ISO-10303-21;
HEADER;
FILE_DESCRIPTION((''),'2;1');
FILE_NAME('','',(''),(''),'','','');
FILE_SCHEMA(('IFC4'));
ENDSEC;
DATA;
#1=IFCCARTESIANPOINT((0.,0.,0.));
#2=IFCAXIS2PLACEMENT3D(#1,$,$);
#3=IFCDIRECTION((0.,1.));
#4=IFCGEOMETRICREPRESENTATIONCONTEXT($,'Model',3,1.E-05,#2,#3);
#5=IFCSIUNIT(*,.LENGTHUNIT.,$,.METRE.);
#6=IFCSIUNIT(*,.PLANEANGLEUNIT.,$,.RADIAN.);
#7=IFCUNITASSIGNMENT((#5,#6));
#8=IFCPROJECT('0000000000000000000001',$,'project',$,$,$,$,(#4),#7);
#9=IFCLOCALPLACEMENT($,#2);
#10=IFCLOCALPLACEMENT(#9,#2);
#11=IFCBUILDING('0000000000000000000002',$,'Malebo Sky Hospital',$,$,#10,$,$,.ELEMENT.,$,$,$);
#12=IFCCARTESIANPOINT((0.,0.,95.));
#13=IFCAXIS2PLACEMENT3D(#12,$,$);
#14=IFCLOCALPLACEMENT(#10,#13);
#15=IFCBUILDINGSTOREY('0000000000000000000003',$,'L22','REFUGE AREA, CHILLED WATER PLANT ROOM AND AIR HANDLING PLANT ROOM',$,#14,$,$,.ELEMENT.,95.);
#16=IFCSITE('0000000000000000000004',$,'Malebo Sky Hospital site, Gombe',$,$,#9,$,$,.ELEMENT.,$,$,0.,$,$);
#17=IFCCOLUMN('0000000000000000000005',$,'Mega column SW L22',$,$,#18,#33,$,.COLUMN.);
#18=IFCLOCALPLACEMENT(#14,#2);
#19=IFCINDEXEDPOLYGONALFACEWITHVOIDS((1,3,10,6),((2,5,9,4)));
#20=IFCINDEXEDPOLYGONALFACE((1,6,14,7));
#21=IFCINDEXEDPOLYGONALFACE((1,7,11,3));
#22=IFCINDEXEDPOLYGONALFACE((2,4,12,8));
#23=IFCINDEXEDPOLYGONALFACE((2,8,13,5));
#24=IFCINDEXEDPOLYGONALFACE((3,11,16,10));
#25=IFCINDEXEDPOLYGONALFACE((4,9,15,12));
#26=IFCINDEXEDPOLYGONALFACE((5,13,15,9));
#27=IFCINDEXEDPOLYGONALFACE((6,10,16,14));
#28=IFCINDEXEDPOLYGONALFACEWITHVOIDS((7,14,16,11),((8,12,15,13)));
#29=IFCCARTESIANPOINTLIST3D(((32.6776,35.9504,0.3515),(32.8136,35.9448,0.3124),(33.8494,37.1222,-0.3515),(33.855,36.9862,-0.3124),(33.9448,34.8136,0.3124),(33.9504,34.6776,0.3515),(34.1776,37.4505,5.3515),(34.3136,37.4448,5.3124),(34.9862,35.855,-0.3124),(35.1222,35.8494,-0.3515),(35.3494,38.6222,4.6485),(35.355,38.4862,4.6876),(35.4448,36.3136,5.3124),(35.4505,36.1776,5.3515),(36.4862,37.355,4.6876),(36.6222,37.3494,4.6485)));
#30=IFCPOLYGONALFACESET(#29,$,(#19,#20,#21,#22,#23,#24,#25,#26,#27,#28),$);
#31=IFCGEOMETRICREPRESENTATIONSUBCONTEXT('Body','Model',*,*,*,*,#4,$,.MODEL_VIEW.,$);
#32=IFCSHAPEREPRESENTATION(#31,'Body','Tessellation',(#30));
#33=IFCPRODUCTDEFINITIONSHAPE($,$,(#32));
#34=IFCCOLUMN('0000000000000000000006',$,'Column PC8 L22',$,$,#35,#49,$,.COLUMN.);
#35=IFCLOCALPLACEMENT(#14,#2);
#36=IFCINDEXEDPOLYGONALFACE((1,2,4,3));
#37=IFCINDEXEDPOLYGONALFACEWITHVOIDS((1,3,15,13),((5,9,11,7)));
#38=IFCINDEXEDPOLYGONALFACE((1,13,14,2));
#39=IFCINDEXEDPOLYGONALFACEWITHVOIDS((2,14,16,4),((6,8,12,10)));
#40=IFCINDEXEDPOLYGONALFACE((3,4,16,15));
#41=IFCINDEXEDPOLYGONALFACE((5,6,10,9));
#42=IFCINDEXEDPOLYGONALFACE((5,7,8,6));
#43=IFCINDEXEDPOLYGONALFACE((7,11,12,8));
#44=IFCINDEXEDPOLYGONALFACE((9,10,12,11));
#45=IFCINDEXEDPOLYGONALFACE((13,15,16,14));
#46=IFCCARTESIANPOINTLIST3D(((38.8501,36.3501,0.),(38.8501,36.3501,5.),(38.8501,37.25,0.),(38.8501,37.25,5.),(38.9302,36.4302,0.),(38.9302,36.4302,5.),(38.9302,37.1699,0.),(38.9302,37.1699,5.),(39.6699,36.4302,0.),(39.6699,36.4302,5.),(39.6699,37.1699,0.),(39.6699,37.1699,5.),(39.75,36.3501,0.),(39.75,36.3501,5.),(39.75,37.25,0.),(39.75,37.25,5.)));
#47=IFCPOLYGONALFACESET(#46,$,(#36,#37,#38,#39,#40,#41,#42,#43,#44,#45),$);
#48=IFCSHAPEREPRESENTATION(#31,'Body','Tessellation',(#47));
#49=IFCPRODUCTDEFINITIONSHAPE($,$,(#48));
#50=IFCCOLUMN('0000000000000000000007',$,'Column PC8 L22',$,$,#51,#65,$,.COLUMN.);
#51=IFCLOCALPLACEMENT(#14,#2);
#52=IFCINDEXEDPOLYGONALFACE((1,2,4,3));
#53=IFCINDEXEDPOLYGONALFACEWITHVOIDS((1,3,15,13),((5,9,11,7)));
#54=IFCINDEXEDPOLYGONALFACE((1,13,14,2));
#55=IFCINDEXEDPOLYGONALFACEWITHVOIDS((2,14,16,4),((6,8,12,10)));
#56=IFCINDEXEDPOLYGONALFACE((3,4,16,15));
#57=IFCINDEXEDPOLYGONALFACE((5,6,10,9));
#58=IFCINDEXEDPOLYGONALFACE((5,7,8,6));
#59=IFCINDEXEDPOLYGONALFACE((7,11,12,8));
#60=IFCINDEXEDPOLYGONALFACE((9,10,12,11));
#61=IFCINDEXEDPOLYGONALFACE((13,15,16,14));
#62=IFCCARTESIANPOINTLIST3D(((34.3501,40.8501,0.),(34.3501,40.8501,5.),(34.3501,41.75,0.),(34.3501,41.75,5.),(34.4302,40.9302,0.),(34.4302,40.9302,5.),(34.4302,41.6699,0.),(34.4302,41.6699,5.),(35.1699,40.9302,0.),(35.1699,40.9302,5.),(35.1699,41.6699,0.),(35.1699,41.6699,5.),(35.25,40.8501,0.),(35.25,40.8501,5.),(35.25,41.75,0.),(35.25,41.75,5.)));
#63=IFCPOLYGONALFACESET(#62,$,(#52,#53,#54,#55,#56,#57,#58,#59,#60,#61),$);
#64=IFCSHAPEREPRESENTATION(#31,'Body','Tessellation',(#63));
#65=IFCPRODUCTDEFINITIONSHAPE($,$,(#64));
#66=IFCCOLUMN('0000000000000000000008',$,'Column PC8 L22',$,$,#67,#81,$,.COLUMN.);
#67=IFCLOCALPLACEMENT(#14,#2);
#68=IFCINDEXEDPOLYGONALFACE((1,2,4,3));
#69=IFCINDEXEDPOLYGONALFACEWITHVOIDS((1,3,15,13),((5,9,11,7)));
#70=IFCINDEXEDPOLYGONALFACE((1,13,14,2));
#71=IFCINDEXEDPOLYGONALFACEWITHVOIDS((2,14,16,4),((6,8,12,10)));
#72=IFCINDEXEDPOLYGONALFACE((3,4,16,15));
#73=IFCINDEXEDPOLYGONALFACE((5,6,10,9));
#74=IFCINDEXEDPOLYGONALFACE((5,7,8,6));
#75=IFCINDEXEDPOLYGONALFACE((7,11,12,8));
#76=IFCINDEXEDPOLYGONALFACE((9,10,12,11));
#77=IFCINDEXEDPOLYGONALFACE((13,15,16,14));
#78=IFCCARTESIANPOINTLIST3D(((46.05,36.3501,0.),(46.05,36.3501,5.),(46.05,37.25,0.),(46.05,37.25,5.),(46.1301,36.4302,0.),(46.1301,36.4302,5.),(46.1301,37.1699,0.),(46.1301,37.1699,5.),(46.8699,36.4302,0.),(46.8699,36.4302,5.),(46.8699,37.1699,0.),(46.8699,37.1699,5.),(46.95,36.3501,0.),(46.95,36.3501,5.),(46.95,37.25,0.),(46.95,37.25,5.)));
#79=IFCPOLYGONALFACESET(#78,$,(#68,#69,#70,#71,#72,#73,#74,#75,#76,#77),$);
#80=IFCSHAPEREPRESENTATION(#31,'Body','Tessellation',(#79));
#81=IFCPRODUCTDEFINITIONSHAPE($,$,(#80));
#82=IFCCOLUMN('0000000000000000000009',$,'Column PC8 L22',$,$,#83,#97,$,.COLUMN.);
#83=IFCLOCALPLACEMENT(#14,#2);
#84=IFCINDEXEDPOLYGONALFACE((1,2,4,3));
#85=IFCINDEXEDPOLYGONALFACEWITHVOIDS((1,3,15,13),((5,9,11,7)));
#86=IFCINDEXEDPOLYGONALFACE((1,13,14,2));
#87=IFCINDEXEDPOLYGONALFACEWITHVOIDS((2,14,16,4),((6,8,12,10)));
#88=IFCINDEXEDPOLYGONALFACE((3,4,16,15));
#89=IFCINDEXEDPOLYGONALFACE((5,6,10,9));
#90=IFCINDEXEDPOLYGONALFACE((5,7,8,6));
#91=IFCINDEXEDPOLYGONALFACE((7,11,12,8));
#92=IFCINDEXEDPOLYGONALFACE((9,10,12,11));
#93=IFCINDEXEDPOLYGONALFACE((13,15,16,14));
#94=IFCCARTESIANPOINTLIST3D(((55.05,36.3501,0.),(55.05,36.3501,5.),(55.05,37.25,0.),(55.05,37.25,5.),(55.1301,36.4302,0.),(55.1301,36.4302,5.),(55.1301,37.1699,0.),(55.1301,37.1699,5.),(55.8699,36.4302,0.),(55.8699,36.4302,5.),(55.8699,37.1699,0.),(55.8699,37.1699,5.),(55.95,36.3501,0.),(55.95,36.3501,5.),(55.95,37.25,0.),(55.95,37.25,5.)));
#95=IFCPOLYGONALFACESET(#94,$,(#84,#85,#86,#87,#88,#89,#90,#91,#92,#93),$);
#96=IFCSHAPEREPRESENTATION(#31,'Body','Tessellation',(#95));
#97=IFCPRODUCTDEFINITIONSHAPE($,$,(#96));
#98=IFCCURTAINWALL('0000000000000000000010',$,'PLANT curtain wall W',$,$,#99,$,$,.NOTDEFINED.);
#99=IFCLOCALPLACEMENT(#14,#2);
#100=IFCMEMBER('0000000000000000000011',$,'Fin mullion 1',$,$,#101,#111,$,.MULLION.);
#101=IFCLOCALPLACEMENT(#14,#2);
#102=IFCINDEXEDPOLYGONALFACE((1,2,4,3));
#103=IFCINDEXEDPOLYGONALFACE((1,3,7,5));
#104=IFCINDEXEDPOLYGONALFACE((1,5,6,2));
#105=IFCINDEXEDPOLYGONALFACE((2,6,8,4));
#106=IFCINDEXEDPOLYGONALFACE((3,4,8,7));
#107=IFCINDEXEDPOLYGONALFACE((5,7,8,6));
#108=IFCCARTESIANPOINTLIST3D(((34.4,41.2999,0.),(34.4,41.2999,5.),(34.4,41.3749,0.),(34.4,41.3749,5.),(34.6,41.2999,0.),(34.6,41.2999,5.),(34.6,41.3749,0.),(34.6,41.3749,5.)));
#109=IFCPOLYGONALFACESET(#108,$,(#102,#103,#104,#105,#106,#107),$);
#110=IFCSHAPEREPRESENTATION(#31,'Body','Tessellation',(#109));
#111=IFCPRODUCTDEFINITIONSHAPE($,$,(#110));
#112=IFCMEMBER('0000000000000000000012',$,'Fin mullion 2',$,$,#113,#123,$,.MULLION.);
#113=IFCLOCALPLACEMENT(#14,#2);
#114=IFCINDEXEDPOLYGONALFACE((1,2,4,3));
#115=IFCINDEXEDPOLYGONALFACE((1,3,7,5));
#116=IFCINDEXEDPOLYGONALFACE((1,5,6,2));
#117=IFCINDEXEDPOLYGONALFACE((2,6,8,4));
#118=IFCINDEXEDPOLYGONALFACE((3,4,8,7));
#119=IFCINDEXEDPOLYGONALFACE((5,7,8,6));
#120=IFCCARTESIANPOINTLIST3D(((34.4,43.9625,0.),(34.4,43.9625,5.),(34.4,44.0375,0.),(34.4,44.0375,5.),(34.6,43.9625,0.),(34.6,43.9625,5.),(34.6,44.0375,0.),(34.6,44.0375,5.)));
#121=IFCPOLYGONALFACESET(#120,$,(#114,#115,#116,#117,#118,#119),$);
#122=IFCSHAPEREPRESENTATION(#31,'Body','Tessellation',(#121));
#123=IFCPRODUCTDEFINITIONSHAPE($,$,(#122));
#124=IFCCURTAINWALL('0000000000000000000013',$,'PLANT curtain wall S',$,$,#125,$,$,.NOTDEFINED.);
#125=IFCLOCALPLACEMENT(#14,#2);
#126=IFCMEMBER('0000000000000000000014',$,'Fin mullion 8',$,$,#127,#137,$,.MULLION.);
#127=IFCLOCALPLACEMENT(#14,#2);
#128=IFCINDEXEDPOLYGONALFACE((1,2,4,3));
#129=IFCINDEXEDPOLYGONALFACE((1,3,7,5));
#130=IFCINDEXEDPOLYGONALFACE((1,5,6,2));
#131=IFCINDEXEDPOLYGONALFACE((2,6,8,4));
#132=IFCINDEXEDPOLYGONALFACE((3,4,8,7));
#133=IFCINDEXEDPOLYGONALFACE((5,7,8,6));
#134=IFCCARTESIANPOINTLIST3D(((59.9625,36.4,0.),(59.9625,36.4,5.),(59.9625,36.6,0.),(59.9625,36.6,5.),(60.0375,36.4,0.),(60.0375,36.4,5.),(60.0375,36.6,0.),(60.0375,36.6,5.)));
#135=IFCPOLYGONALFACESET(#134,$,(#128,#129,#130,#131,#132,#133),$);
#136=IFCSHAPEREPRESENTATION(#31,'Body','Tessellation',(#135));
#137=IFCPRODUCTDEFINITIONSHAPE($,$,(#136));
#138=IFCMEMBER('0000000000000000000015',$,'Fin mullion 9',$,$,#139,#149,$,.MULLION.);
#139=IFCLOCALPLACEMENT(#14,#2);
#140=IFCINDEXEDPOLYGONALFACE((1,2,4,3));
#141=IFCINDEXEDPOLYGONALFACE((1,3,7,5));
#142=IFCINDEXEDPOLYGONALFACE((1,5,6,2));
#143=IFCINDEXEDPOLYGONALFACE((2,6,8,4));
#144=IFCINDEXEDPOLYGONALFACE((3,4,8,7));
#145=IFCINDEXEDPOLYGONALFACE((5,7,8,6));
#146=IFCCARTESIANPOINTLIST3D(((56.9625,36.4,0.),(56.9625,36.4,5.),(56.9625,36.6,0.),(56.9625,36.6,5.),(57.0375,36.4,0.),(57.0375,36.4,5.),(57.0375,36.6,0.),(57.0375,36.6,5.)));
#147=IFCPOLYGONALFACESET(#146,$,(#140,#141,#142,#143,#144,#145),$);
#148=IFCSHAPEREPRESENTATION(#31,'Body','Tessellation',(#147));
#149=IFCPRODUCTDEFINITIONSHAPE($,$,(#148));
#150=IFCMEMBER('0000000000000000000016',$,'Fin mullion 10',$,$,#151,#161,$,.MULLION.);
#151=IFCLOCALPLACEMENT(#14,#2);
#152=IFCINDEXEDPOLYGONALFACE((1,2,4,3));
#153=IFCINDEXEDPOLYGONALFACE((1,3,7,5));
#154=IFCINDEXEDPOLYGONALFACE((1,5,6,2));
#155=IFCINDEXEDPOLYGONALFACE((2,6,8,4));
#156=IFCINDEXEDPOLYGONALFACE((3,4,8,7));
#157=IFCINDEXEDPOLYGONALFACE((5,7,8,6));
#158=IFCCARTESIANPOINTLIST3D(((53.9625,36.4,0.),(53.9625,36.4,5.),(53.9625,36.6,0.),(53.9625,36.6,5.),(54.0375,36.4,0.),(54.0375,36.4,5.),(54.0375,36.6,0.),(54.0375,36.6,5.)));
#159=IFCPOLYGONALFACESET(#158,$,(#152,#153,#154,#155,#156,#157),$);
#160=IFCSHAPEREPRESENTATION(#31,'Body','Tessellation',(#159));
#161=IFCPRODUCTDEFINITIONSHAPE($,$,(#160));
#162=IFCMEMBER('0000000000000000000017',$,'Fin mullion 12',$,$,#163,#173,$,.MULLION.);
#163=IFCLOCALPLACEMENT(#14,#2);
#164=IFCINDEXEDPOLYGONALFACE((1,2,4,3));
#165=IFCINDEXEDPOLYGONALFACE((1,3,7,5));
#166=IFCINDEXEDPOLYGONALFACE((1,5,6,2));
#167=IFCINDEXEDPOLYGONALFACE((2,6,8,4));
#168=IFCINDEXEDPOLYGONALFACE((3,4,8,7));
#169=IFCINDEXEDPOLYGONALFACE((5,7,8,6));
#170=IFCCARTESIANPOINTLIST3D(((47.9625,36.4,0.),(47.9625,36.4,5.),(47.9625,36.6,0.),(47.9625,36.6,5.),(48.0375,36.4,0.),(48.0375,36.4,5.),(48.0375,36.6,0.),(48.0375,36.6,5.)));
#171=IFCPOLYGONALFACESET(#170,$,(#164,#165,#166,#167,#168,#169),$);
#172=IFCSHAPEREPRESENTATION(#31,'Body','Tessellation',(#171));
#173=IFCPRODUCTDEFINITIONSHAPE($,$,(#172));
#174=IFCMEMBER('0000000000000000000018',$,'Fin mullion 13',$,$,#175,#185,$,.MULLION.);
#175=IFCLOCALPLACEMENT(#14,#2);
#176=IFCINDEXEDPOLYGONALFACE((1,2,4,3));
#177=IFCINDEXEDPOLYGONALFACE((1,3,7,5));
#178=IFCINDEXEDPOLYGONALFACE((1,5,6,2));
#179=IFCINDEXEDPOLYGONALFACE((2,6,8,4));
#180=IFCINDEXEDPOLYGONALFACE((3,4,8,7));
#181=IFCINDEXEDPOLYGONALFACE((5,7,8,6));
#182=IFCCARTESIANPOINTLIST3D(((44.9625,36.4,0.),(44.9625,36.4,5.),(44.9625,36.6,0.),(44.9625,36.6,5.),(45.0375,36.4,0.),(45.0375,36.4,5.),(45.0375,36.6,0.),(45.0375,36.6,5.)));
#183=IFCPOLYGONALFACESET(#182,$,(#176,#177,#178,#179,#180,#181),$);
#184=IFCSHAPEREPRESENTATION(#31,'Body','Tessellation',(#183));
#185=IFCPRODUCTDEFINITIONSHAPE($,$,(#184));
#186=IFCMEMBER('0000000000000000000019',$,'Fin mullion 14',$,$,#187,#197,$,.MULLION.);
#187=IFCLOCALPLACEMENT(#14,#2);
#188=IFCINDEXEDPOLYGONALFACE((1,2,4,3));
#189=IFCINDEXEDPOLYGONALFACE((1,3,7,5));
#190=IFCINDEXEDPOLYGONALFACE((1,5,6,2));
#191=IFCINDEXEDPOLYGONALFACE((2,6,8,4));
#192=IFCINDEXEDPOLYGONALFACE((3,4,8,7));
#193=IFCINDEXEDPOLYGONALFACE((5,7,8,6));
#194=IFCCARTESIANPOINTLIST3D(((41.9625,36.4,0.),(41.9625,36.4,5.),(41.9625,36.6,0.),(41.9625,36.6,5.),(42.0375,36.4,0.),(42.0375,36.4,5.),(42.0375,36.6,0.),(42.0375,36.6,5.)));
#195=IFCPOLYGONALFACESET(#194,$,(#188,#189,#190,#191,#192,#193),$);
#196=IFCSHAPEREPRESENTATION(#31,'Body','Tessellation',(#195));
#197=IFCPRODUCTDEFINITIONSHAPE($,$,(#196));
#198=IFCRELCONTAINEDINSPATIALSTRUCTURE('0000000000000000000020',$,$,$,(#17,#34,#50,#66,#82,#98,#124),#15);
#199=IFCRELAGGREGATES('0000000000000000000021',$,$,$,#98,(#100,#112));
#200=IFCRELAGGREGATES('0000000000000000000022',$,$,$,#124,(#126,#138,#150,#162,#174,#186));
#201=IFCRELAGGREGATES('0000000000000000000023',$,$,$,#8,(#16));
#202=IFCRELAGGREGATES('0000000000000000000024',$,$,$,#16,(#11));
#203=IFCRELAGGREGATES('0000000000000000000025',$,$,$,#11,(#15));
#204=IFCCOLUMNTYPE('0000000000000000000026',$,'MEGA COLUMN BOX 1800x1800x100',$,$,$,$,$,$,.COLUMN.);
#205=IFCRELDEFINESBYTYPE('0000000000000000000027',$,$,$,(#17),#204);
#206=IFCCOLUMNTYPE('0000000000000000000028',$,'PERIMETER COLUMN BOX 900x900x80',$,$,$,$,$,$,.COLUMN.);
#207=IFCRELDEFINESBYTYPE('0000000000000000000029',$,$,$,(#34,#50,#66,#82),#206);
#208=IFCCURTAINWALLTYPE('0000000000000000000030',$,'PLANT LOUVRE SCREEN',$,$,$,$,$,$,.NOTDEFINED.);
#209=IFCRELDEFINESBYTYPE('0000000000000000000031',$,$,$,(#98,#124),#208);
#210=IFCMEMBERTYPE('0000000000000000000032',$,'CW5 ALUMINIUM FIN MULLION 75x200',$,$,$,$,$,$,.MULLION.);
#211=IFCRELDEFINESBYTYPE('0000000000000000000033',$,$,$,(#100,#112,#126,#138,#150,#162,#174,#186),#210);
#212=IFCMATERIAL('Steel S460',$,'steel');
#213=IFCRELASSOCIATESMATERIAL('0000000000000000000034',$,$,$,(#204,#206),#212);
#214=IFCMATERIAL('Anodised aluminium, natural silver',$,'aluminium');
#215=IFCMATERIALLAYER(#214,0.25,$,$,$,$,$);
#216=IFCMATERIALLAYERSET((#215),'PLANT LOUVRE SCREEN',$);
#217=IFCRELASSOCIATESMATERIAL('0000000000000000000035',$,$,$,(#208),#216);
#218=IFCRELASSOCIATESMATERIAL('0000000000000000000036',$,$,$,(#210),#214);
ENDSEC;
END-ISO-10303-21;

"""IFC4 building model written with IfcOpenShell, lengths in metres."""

from ifc_helpers import new_model, si_unit, direction, frame, origin, origin_2d, place, context, subcontext, project, spatial, rectangle, hollow_rectangle, extrude, material, layer, layer_set, material_profile, profile_set, type_object, element, aggregate, save


model = new_model("IFC4")

# Units and contexts
model_context = context("Model", 3, precision=1e-05, world=origin(), true_north=direction((0.0, 1.0)))
body_context = subcontext(model_context, "Body", "Model", "MODEL_VIEW")
ifc_project = project(units=[si_unit("LENGTHUNIT", "METRE"), si_unit("PLANEANGLEUNIT", "RADIAN")], contexts=[model_context])

# Site, building, storey
site_placement = place(None, origin())
site = spatial("IfcSite", under=ifc_project, at=site_placement, Name="Malebo Sky Hospital site, Gombe", CompositionType="ELEMENT", RefElevation=0.0)
building_placement = place(site_placement, origin())
building = spatial("IfcBuilding", under=site, at=building_placement, Name="Malebo Sky Hospital", CompositionType="ELEMENT")
storey_placement = place(building_placement, frame((0.0, 0.0, 95.0)))
storey = spatial("IfcBuildingStorey", under=building, at=storey_placement, Name="L22", Description="REFUGE AREA, CHILLED WATER PLANT ROOM AND AIR HANDLING PLANT ROOM", CompositionType="ELEMENT", Elevation=95.0)

# Columns
ifc_material_1 = material(Name="Steel S460", Category="steel")
ifc_material_profile_1 = material_profile(ifc_material_1, hollow_rectangle(XDim=1.8, YDim=1.8, WallThickness=0.1001, at=origin_2d()), Name="BOX 1800x1800x100")
ifc_profile_set_1 = profile_set([ifc_material_profile_1], Name="Steel S460")
column_type_1 = type_object("IfcColumnType", Name="MEGA COLUMN BOX 1800x1800x100", PredefinedType="COLUMN", material=ifc_profile_set_1)
column_placement = place(storey_placement, frame((33.8999, 35.8999, 0.0), z_axis=(0.276172, 0.276172, 0.920575), x_axis=(-0.707107, 0.707107, 0.0)))
element("IfcColumn", 1, at=column_placement, inside=storey, type_object=column_type_1, Name="Mega column SW L22", PredefinedType="COLUMN", context=body_context, shape_type="SweptSolid", body=[
    extrude(hollow_rectangle(XDim=1.8, YDim=1.8, WallThickness=0.1001, at=origin_2d()), origin(), (0.0, 0.0, 1.0), 5.4314),
])
ifc_material_profile_2 = material_profile(ifc_material_1, hollow_rectangle(XDim=0.8999, YDim=0.8999, WallThickness=0.0801, at=origin_2d()), Name="BOX 900x900x80")
ifc_profile_set_2 = profile_set([ifc_material_profile_2], Name="Steel S460")
column_type_2 = type_object("IfcColumnType", Name="PERIMETER COLUMN BOX 900x900x80", PredefinedType="COLUMN", material=ifc_profile_set_2)
for number, where, z_axis, x_axis, name in (
    (2, (39.3, 36.8, 0.0), (0.0, 0.0, 1.0), (1.0, 0.0, 0.0), "Column PC8 L22"),
    (3, (34.8, 41.3, 0.0), (0.0, 0.0, 1.0), (1.0, 0.0, 0.0), "Column PC8 L22"),
    (4, (46.5, 36.8, 0.0), (0.0, 0.0, 1.0), (1.0, 0.0, 0.0), "Column PC8 L22"),
    (5, (55.5, 36.8, 0.0), (0.0, 0.0, 1.0), (1.0, 0.0, 0.0), "Column PC8 L22"),
):
    element("IfcColumn", number, at=place(storey_placement, frame(where, z_axis=z_axis, x_axis=x_axis)), inside=storey, type_object=column_type_2, Name=name, PredefinedType="COLUMN", context=body_context, shape_type="SweptSolid", body=[
        extrude(hollow_rectangle(XDim=0.8999, YDim=0.8999, WallThickness=0.0801, at=origin_2d()), origin(), (0.0, 0.0, 1.0), 5.0),
    ])

# Curtain walls, members
ifc_material_2 = material(Name="Anodised aluminium, natural silver", Category="aluminium")
ifc_layer_1 = layer(ifc_material_2, 0.25)
ifc_layer_set_1 = layer_set([ifc_layer_1], Name="PLANT LOUVRE SCREEN")
curtain_wall_type = type_object("IfcCurtainWallType", Name="PLANT LOUVRE SCREEN", PredefinedType="NOTDEFINED", material=ifc_layer_set_1)
curtain_wall_1_placement = place(storey_placement, origin())
curtain_wall_1 = element("IfcCurtainWall", 6, at=curtain_wall_1_placement, inside=storey, type_object=curtain_wall_type, Name="PLANT curtain wall W", PredefinedType="NOTDEFINED")
ifc_material_profile_3 = material_profile(ifc_material_2, rectangle(XDim=0.075, YDim=0.2, at=origin_2d()), Name="CW5 ALUMINIUM FIN MULLION 75x200")
ifc_profile_set_3 = profile_set([ifc_material_profile_3], Name="Anodised aluminium, natural silver")
member_type_1 = type_object("IfcMemberType", Name="CW5 ALUMINIUM FIN MULLION 75x200", PredefinedType="MULLION", material=ifc_profile_set_3)
member_1_placement = place(storey_placement, frame((34.5, 41.3374, 0.0), z_axis=(0.0, 0.0, 1.0), x_axis=(0.0, 1.0, 0.0)))
member_1 = element("IfcMember", 7, at=member_1_placement, type_object=member_type_1, Name="Fin mullion 1", PredefinedType="MULLION", context=body_context, shape_type="SweptSolid", body=[
    extrude(rectangle(XDim=0.075, YDim=0.2, at=origin_2d()), origin(), (0.0, 0.0, 1.0), 5.0),
])
member_2_placement = place(storey_placement, frame((34.5, 44.0, 0.0), z_axis=(0.0, 0.0, 1.0), x_axis=(0.0, 1.0, 0.0)))
member_2 = element("IfcMember", 8, at=member_2_placement, type_object=member_type_1, Name="Fin mullion 2", PredefinedType="MULLION", context=body_context, shape_type="SweptSolid", body=[
    extrude(rectangle(XDim=0.075, YDim=0.2, at=origin_2d()), origin(), (0.0, 0.0, 1.0), 5.0),
])
curtain_wall_2_placement = place(storey_placement, origin())
curtain_wall_2 = element("IfcCurtainWall", 9, at=curtain_wall_2_placement, inside=storey, type_object=curtain_wall_type, Name="PLANT curtain wall S", PredefinedType="NOTDEFINED")
member_3_placement = place(storey_placement, frame((60.0, 36.5, 0.0), z_axis=(0.0, 0.0, 1.0), x_axis=(-1.0, 0.0, 0.0)))
member_3 = element("IfcMember", 10, at=member_3_placement, type_object=member_type_1, Name="Fin mullion 8", PredefinedType="MULLION", context=body_context, shape_type="SweptSolid", body=[
    extrude(rectangle(XDim=0.075, YDim=0.2, at=origin_2d()), origin(), (0.0, 0.0, 1.0), 5.0),
])
member_4_placement = place(storey_placement, frame((57.0, 36.5, 0.0), z_axis=(0.0, 0.0, 1.0), x_axis=(-1.0, 0.0, 0.0)))
member_4 = element("IfcMember", 11, at=member_4_placement, type_object=member_type_1, Name="Fin mullion 9", PredefinedType="MULLION", context=body_context, shape_type="SweptSolid", body=[
    extrude(rectangle(XDim=0.075, YDim=0.2, at=origin_2d()), origin(), (0.0, 0.0, 1.0), 5.0),
])
member_5_placement = place(storey_placement, frame((54.0, 36.5, 0.0), z_axis=(0.0, 0.0, 1.0), x_axis=(-1.0, 0.0, 0.0)))
member_5 = element("IfcMember", 12, at=member_5_placement, type_object=member_type_1, Name="Fin mullion 10", PredefinedType="MULLION", context=body_context, shape_type="SweptSolid", body=[
    extrude(rectangle(XDim=0.075, YDim=0.2, at=origin_2d()), origin(), (0.0, 0.0, 1.0), 5.0),
])
member_6_placement = place(storey_placement, frame((48.0, 36.5, 0.0), z_axis=(0.0, 0.0, 1.0), x_axis=(-1.0, 0.0, 0.0)))
member_6 = element("IfcMember", 13, at=member_6_placement, type_object=member_type_1, Name="Fin mullion 12", PredefinedType="MULLION", context=body_context, shape_type="SweptSolid", body=[
    extrude(rectangle(XDim=0.075, YDim=0.2, at=origin_2d()), origin(), (0.0, 0.0, 1.0), 5.0),
])
member_7_placement = place(storey_placement, frame((45.0, 36.5, 0.0), z_axis=(0.0, 0.0, 1.0), x_axis=(-1.0, 0.0, 0.0)))
member_7 = element("IfcMember", 14, at=member_7_placement, type_object=member_type_1, Name="Fin mullion 13", PredefinedType="MULLION", context=body_context, shape_type="SweptSolid", body=[
    extrude(rectangle(XDim=0.075, YDim=0.2, at=origin_2d()), origin(), (0.0, 0.0, 1.0), 5.0),
])
member_8_placement = place(storey_placement, frame((42.0, 36.5, 0.0), z_axis=(0.0, 0.0, 1.0), x_axis=(-1.0, 0.0, 0.0)))
member_8 = element("IfcMember", 15, at=member_8_placement, type_object=member_type_1, Name="Fin mullion 14", PredefinedType="MULLION", context=body_context, shape_type="SweptSolid", body=[
    extrude(rectangle(XDim=0.075, YDim=0.2, at=origin_2d()), origin(), (0.0, 0.0, 1.0), 5.0),
])

aggregate(curtain_wall_1, [member_1, member_2])
aggregate(curtain_wall_2, [member_3, member_4, member_5, member_6, member_7, member_8])

save(model, "model.ifc")
